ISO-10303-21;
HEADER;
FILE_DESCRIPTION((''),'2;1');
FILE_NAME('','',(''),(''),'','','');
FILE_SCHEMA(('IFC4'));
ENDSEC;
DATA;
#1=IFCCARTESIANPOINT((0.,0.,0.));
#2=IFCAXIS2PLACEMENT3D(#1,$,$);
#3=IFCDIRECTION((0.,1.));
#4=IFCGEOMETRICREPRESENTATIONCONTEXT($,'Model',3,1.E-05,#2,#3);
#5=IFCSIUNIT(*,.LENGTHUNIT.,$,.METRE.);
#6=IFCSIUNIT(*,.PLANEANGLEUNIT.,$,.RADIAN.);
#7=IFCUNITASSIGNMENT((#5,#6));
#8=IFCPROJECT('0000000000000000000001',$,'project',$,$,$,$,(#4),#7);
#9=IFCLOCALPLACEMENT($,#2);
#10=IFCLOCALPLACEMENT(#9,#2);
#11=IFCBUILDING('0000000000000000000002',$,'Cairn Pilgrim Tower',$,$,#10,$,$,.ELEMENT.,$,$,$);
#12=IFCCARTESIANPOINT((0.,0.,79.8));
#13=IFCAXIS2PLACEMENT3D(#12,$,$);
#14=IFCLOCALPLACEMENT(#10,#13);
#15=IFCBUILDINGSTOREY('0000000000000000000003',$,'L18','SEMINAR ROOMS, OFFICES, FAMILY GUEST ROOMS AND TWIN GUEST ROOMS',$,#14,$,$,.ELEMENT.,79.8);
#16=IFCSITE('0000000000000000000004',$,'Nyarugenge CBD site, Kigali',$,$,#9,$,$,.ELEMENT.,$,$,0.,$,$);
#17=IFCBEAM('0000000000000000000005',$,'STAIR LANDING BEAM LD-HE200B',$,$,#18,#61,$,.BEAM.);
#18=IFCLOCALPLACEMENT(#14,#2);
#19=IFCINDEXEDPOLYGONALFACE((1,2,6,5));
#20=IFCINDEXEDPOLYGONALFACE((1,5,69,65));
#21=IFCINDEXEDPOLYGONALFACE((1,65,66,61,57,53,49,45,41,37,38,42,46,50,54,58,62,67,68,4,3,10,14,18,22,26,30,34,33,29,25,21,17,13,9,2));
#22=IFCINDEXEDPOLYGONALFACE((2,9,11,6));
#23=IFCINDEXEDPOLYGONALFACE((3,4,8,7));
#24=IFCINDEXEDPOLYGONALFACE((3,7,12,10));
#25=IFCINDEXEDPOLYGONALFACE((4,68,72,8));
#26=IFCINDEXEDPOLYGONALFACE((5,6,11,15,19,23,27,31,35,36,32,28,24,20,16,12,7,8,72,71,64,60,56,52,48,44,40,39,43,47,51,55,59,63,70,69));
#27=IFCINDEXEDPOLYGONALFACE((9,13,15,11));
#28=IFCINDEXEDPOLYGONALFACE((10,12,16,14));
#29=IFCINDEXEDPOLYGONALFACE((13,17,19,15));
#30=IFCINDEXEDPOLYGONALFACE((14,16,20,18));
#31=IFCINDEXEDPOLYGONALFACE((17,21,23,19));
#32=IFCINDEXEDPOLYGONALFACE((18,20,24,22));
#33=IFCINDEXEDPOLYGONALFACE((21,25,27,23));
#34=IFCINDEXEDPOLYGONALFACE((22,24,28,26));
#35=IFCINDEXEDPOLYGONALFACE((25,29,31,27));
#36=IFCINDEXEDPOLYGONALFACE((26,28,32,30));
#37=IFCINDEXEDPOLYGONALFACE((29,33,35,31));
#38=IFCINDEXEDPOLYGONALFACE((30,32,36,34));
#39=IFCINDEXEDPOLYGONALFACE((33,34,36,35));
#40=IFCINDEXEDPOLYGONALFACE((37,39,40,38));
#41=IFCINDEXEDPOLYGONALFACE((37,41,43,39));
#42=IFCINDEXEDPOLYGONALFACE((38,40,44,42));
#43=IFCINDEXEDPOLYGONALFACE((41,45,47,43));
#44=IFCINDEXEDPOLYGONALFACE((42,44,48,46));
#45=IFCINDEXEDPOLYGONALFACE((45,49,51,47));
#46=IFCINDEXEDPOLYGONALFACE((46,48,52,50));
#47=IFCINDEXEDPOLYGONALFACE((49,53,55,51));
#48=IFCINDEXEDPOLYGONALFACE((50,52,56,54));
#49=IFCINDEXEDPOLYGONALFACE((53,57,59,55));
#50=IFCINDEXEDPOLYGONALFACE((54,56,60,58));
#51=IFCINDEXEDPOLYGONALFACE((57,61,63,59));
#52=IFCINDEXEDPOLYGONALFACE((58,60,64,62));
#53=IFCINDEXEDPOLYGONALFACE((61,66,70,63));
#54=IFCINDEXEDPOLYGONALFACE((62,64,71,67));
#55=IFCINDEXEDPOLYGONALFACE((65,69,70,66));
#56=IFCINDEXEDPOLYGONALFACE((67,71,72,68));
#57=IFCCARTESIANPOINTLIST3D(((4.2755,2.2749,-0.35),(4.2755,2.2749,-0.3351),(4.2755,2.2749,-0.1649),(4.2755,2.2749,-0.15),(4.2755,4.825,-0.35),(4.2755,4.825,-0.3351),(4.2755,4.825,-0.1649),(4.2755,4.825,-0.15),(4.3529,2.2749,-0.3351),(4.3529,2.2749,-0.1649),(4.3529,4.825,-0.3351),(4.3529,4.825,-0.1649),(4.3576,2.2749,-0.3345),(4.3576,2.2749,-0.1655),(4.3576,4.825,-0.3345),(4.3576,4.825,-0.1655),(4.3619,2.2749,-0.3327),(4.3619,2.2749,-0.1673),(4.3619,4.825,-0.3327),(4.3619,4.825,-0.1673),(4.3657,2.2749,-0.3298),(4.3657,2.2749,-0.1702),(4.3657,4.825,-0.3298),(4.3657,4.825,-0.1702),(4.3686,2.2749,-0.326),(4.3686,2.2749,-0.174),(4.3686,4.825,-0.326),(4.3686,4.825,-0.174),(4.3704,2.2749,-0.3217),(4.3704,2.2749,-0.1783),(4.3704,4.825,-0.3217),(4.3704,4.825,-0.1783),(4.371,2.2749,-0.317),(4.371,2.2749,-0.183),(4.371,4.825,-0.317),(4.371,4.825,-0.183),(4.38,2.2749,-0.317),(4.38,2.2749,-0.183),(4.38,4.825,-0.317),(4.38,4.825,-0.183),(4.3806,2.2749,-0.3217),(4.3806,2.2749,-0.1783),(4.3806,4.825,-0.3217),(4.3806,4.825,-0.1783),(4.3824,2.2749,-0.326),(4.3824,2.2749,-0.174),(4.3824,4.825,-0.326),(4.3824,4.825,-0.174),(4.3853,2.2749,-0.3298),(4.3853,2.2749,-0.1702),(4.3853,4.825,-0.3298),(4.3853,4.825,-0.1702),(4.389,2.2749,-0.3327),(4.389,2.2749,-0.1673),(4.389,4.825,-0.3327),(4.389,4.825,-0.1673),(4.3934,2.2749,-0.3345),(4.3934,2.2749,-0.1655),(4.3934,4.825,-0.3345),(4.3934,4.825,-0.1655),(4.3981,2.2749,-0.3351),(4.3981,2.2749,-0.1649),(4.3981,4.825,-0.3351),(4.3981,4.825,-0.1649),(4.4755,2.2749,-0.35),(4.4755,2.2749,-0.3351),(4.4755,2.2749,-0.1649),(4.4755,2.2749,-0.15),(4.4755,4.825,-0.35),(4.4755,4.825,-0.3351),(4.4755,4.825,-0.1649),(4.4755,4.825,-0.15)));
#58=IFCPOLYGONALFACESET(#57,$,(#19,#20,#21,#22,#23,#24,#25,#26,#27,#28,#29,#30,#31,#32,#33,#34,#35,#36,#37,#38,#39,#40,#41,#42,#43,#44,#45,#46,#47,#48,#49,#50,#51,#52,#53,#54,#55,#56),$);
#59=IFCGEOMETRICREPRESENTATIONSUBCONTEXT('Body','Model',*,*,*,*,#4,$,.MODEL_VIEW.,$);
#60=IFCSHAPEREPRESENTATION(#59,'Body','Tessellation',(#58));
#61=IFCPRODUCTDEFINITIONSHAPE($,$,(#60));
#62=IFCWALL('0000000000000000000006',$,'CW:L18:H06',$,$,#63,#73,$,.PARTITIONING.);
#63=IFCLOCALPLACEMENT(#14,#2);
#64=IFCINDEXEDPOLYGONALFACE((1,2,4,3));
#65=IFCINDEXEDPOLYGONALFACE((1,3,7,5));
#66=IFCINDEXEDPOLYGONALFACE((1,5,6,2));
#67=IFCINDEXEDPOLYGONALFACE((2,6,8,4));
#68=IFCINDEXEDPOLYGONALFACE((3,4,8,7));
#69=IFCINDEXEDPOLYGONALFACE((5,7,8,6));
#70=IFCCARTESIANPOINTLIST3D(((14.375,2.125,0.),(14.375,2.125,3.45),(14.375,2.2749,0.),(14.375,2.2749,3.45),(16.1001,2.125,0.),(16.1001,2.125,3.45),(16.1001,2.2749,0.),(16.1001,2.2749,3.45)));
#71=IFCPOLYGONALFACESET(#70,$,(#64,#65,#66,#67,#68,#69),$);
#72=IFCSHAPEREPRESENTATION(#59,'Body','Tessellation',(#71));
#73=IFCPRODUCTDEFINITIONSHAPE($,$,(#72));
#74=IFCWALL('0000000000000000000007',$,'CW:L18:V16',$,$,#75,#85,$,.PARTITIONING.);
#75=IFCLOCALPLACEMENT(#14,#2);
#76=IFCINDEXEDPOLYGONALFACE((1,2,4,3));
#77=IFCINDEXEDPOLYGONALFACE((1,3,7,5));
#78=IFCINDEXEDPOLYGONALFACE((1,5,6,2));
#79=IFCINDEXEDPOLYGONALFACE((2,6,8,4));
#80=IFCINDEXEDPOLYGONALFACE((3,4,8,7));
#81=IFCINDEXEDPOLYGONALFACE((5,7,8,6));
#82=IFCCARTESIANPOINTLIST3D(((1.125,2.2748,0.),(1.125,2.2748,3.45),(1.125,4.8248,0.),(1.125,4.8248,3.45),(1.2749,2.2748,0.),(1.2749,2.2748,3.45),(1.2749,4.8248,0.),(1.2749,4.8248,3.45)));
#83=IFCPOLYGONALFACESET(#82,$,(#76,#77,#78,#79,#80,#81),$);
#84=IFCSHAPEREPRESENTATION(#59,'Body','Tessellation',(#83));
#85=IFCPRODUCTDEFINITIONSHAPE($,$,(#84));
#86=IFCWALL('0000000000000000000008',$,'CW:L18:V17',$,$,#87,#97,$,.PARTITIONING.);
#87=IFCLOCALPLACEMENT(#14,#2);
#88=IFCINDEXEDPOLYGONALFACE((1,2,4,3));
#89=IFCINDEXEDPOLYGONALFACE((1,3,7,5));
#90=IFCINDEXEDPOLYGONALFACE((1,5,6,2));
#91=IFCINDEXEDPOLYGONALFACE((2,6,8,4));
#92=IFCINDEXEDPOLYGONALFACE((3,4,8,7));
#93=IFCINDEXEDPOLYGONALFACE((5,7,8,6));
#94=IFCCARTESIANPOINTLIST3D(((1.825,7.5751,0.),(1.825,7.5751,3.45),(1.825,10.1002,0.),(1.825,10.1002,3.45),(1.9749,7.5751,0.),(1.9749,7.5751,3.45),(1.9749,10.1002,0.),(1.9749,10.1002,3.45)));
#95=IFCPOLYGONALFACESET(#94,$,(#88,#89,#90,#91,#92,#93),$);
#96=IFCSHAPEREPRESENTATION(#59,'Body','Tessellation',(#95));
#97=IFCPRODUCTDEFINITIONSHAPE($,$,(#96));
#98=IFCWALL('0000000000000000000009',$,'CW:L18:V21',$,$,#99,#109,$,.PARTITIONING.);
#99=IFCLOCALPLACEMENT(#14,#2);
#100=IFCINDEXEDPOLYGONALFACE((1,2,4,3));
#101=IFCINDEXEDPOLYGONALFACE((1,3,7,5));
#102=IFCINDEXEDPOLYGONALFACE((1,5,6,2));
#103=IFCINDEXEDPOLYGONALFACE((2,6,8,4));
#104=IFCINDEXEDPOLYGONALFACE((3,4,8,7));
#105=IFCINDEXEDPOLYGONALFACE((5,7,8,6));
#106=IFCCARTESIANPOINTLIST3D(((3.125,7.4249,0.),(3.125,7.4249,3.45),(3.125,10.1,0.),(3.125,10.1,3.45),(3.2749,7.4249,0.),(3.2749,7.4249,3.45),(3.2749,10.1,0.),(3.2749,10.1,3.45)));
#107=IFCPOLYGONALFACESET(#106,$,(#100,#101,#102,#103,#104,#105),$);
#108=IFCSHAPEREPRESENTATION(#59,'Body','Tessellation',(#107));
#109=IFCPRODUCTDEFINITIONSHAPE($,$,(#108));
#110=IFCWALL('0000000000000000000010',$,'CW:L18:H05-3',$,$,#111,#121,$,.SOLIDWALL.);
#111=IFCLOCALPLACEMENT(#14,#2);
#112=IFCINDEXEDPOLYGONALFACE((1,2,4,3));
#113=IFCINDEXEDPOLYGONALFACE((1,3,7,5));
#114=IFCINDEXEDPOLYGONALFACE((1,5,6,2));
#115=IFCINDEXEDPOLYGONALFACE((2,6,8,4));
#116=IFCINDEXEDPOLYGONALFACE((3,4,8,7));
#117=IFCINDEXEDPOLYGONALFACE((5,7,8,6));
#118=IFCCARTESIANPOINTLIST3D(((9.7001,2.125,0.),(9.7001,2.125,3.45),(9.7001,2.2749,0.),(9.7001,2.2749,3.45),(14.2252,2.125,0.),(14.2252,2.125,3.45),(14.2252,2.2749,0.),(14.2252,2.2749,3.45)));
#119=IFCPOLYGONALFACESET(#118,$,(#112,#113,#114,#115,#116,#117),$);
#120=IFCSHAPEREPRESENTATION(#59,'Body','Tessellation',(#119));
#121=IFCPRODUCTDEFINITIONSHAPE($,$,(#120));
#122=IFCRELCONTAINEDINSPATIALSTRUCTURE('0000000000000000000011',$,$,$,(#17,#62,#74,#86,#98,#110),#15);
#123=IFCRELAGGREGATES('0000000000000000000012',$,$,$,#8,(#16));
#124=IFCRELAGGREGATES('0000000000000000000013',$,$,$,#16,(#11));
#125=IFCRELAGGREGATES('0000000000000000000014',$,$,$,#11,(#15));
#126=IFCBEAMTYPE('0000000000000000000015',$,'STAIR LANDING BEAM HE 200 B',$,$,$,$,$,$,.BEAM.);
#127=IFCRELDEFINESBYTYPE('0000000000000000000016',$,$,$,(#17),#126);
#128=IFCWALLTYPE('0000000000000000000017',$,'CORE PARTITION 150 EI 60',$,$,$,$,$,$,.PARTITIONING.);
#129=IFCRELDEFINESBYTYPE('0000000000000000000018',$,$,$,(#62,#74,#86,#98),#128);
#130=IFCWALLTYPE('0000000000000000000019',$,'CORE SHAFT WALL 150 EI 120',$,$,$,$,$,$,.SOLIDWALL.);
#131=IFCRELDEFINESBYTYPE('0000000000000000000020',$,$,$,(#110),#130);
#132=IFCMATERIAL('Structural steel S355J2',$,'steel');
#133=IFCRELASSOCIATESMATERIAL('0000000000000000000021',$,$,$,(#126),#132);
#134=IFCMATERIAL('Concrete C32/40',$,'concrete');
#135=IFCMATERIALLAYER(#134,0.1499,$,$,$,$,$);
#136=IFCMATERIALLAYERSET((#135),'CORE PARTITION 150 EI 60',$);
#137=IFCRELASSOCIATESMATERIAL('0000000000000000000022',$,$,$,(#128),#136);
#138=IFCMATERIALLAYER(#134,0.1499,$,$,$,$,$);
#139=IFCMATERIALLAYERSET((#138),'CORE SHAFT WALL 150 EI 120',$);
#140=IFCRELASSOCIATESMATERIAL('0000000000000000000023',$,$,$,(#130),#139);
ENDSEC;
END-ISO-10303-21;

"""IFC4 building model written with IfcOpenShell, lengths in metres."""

from ifc_helpers import new_model, si_unit, direction, frame, frame_2d, origin, origin_2d, place, context, subcontext, project, spatial, rectangle, i_section, extrude, material, layer, layer_set, material_profile, profile_set, type_object, element, save


model = new_model("IFC4")

# Units and contexts
model_context = context("Model", 3, precision=1e-05, world=origin(), true_north=direction((0.0, 1.0)))
body_context = subcontext(model_context, "Body", "Model", "MODEL_VIEW")
ifc_project = project(units=[si_unit("LENGTHUNIT", "METRE"), si_unit("PLANEANGLEUNIT", "RADIAN")], contexts=[model_context])

# Site, building, storey
site_placement = place(None, origin())
site = spatial("IfcSite", under=ifc_project, at=site_placement, Name="Nyarugenge CBD site, Kigali", CompositionType="ELEMENT", RefElevation=0.0)
building_placement = place(site_placement, origin())
building = spatial("IfcBuilding", under=site, at=building_placement, Name="Cairn Pilgrim Tower", CompositionType="ELEMENT")
storey_placement = place(building_placement, frame((0.0, 0.0, 79.8)))
storey = spatial("IfcBuildingStorey", under=building, at=storey_placement, Name="L18", Description="SEMINAR ROOMS, OFFICES, FAMILY GUEST ROOMS AND TWIN GUEST ROOMS", CompositionType="ELEMENT", Elevation=79.8)

# Beam
ifc_material_1 = material(Name="Structural steel S355J2", Category="steel")
ifc_material_profile = material_profile(ifc_material_1, i_section(OverallWidth=0.2, OverallDepth=0.2, WebThickness=0.009, FlangeThickness=0.0149, FilletRadius=0.0181, at=origin_2d()), Name="HE 200 B")
ifc_profile_set = profile_set([ifc_material_profile], Name="Structural steel S355J2")
beam_type = type_object("IfcBeamType", Name="STAIR LANDING BEAM HE 200 B", PredefinedType="BEAM", material=ifc_profile_set)
beam_placement = place(storey_placement, frame((4.3755, 2.2749, -0.25), z_axis=(0.0, 1.0, 0.0), x_axis=(-1.0, 0.0, 0.0)))
element("IfcBeam", 1, at=beam_placement, inside=storey, type_object=beam_type, Name="STAIR LANDING BEAM LD-HE200B", PredefinedType="BEAM", context=body_context, shape_type="SweptSolid", body=[
    extrude(i_section(OverallWidth=0.2, OverallDepth=0.2, WebThickness=0.009, FlangeThickness=0.0149, FilletRadius=0.0181, at=origin_2d()), origin(), (0.0, 0.0, 1.0), 2.55),
])

# Walls
ifc_material_2 = material(Name="Concrete C32/40", Category="concrete")
ifc_layer_1 = layer(ifc_material_2, 0.1499)
ifc_layer_set_1 = layer_set([ifc_layer_1], Name="CORE PARTITION 150 EI 60")
wall_type_1 = type_object("IfcWallType", Name="CORE PARTITION 150 EI 60", PredefinedType="PARTITIONING", material=ifc_layer_set_1)
wall_1_placement = place(storey_placement, frame((14.375, 2.2, 0.0), z_axis=(0.0, 0.0, 1.0), x_axis=(1.0, 0.0, 0.0)))
element("IfcWall", 2, at=wall_1_placement, inside=storey, type_object=wall_type_1, Name="CW:L18:H06", PredefinedType="PARTITIONING", context=body_context, shape_type="SweptSolid", body=[
    extrude(rectangle(XDim=1.7251, YDim=0.1499, at=frame_2d((0.8625, 0.0))), origin(), (0.0, 0.0, 1.0), 3.45),
])
wall_2_placement = place(storey_placement, frame((1.2, 2.2749, 0.0), z_axis=(0.0, 0.0, 1.0), x_axis=(0.0, 1.0, 0.0)))
element("IfcWall", 3, at=wall_2_placement, inside=storey, type_object=wall_type_1, Name="CW:L18:V16", PredefinedType="PARTITIONING", context=body_context, shape_type="SweptSolid", body=[
    extrude(rectangle(XDim=2.55, YDim=0.1499, at=frame_2d((1.2749, 0.0))), origin(), (0.0, 0.0, 1.0), 3.45),
])
wall_3_placement = place(storey_placement, frame((1.8999, 7.575, 0.0), z_axis=(0.0, 0.0, 1.0), x_axis=(0.0, 1.0, 0.0)))
element("IfcWall", 4, at=wall_3_placement, inside=storey, type_object=wall_type_1, Name="CW:L18:V17", PredefinedType="PARTITIONING", context=body_context, shape_type="SweptSolid", body=[
    extrude(rectangle(XDim=2.5251, YDim=0.1499, at=frame_2d((1.2627, 0.0))), origin(), (0.0, 0.0, 1.0), 3.45),
])
wall_4_placement = place(storey_placement, frame((3.2, 7.425, 0.0), z_axis=(0.0, 0.0, 1.0), x_axis=(0.0, 1.0, 0.0)))
element("IfcWall", 5, at=wall_4_placement, inside=storey, type_object=wall_type_1, Name="CW:L18:V21", PredefinedType="PARTITIONING", context=body_context, shape_type="SweptSolid", body=[
    extrude(rectangle(XDim=2.675, YDim=0.1499, at=frame_2d((1.3374, 0.0))), origin(), (0.0, 0.0, 1.0), 3.45),
])
ifc_layer_2 = layer(ifc_material_2, 0.1499)
ifc_layer_set_2 = layer_set([ifc_layer_2], Name="CORE SHAFT WALL 150 EI 120")
wall_type_2 = type_object("IfcWallType", Name="CORE SHAFT WALL 150 EI 120", PredefinedType="SOLIDWALL", material=ifc_layer_set_2)
wall_5_placement = place(storey_placement, frame((9.7, 2.2, 0.0), z_axis=(0.0, 0.0, 1.0), x_axis=(1.0, 0.0, 0.0)))
element("IfcWall", 6, at=wall_5_placement, inside=storey, type_object=wall_type_2, Name="CW:L18:H05-3", PredefinedType="SOLIDWALL", context=body_context, shape_type="SweptSolid", body=[
    extrude(rectangle(XDim=4.5251, YDim=0.1499, at=frame_2d((2.2627, 0.0))), origin(), (0.0, 0.0, 1.0), 3.45),
])

save(model, "model.ifc")
